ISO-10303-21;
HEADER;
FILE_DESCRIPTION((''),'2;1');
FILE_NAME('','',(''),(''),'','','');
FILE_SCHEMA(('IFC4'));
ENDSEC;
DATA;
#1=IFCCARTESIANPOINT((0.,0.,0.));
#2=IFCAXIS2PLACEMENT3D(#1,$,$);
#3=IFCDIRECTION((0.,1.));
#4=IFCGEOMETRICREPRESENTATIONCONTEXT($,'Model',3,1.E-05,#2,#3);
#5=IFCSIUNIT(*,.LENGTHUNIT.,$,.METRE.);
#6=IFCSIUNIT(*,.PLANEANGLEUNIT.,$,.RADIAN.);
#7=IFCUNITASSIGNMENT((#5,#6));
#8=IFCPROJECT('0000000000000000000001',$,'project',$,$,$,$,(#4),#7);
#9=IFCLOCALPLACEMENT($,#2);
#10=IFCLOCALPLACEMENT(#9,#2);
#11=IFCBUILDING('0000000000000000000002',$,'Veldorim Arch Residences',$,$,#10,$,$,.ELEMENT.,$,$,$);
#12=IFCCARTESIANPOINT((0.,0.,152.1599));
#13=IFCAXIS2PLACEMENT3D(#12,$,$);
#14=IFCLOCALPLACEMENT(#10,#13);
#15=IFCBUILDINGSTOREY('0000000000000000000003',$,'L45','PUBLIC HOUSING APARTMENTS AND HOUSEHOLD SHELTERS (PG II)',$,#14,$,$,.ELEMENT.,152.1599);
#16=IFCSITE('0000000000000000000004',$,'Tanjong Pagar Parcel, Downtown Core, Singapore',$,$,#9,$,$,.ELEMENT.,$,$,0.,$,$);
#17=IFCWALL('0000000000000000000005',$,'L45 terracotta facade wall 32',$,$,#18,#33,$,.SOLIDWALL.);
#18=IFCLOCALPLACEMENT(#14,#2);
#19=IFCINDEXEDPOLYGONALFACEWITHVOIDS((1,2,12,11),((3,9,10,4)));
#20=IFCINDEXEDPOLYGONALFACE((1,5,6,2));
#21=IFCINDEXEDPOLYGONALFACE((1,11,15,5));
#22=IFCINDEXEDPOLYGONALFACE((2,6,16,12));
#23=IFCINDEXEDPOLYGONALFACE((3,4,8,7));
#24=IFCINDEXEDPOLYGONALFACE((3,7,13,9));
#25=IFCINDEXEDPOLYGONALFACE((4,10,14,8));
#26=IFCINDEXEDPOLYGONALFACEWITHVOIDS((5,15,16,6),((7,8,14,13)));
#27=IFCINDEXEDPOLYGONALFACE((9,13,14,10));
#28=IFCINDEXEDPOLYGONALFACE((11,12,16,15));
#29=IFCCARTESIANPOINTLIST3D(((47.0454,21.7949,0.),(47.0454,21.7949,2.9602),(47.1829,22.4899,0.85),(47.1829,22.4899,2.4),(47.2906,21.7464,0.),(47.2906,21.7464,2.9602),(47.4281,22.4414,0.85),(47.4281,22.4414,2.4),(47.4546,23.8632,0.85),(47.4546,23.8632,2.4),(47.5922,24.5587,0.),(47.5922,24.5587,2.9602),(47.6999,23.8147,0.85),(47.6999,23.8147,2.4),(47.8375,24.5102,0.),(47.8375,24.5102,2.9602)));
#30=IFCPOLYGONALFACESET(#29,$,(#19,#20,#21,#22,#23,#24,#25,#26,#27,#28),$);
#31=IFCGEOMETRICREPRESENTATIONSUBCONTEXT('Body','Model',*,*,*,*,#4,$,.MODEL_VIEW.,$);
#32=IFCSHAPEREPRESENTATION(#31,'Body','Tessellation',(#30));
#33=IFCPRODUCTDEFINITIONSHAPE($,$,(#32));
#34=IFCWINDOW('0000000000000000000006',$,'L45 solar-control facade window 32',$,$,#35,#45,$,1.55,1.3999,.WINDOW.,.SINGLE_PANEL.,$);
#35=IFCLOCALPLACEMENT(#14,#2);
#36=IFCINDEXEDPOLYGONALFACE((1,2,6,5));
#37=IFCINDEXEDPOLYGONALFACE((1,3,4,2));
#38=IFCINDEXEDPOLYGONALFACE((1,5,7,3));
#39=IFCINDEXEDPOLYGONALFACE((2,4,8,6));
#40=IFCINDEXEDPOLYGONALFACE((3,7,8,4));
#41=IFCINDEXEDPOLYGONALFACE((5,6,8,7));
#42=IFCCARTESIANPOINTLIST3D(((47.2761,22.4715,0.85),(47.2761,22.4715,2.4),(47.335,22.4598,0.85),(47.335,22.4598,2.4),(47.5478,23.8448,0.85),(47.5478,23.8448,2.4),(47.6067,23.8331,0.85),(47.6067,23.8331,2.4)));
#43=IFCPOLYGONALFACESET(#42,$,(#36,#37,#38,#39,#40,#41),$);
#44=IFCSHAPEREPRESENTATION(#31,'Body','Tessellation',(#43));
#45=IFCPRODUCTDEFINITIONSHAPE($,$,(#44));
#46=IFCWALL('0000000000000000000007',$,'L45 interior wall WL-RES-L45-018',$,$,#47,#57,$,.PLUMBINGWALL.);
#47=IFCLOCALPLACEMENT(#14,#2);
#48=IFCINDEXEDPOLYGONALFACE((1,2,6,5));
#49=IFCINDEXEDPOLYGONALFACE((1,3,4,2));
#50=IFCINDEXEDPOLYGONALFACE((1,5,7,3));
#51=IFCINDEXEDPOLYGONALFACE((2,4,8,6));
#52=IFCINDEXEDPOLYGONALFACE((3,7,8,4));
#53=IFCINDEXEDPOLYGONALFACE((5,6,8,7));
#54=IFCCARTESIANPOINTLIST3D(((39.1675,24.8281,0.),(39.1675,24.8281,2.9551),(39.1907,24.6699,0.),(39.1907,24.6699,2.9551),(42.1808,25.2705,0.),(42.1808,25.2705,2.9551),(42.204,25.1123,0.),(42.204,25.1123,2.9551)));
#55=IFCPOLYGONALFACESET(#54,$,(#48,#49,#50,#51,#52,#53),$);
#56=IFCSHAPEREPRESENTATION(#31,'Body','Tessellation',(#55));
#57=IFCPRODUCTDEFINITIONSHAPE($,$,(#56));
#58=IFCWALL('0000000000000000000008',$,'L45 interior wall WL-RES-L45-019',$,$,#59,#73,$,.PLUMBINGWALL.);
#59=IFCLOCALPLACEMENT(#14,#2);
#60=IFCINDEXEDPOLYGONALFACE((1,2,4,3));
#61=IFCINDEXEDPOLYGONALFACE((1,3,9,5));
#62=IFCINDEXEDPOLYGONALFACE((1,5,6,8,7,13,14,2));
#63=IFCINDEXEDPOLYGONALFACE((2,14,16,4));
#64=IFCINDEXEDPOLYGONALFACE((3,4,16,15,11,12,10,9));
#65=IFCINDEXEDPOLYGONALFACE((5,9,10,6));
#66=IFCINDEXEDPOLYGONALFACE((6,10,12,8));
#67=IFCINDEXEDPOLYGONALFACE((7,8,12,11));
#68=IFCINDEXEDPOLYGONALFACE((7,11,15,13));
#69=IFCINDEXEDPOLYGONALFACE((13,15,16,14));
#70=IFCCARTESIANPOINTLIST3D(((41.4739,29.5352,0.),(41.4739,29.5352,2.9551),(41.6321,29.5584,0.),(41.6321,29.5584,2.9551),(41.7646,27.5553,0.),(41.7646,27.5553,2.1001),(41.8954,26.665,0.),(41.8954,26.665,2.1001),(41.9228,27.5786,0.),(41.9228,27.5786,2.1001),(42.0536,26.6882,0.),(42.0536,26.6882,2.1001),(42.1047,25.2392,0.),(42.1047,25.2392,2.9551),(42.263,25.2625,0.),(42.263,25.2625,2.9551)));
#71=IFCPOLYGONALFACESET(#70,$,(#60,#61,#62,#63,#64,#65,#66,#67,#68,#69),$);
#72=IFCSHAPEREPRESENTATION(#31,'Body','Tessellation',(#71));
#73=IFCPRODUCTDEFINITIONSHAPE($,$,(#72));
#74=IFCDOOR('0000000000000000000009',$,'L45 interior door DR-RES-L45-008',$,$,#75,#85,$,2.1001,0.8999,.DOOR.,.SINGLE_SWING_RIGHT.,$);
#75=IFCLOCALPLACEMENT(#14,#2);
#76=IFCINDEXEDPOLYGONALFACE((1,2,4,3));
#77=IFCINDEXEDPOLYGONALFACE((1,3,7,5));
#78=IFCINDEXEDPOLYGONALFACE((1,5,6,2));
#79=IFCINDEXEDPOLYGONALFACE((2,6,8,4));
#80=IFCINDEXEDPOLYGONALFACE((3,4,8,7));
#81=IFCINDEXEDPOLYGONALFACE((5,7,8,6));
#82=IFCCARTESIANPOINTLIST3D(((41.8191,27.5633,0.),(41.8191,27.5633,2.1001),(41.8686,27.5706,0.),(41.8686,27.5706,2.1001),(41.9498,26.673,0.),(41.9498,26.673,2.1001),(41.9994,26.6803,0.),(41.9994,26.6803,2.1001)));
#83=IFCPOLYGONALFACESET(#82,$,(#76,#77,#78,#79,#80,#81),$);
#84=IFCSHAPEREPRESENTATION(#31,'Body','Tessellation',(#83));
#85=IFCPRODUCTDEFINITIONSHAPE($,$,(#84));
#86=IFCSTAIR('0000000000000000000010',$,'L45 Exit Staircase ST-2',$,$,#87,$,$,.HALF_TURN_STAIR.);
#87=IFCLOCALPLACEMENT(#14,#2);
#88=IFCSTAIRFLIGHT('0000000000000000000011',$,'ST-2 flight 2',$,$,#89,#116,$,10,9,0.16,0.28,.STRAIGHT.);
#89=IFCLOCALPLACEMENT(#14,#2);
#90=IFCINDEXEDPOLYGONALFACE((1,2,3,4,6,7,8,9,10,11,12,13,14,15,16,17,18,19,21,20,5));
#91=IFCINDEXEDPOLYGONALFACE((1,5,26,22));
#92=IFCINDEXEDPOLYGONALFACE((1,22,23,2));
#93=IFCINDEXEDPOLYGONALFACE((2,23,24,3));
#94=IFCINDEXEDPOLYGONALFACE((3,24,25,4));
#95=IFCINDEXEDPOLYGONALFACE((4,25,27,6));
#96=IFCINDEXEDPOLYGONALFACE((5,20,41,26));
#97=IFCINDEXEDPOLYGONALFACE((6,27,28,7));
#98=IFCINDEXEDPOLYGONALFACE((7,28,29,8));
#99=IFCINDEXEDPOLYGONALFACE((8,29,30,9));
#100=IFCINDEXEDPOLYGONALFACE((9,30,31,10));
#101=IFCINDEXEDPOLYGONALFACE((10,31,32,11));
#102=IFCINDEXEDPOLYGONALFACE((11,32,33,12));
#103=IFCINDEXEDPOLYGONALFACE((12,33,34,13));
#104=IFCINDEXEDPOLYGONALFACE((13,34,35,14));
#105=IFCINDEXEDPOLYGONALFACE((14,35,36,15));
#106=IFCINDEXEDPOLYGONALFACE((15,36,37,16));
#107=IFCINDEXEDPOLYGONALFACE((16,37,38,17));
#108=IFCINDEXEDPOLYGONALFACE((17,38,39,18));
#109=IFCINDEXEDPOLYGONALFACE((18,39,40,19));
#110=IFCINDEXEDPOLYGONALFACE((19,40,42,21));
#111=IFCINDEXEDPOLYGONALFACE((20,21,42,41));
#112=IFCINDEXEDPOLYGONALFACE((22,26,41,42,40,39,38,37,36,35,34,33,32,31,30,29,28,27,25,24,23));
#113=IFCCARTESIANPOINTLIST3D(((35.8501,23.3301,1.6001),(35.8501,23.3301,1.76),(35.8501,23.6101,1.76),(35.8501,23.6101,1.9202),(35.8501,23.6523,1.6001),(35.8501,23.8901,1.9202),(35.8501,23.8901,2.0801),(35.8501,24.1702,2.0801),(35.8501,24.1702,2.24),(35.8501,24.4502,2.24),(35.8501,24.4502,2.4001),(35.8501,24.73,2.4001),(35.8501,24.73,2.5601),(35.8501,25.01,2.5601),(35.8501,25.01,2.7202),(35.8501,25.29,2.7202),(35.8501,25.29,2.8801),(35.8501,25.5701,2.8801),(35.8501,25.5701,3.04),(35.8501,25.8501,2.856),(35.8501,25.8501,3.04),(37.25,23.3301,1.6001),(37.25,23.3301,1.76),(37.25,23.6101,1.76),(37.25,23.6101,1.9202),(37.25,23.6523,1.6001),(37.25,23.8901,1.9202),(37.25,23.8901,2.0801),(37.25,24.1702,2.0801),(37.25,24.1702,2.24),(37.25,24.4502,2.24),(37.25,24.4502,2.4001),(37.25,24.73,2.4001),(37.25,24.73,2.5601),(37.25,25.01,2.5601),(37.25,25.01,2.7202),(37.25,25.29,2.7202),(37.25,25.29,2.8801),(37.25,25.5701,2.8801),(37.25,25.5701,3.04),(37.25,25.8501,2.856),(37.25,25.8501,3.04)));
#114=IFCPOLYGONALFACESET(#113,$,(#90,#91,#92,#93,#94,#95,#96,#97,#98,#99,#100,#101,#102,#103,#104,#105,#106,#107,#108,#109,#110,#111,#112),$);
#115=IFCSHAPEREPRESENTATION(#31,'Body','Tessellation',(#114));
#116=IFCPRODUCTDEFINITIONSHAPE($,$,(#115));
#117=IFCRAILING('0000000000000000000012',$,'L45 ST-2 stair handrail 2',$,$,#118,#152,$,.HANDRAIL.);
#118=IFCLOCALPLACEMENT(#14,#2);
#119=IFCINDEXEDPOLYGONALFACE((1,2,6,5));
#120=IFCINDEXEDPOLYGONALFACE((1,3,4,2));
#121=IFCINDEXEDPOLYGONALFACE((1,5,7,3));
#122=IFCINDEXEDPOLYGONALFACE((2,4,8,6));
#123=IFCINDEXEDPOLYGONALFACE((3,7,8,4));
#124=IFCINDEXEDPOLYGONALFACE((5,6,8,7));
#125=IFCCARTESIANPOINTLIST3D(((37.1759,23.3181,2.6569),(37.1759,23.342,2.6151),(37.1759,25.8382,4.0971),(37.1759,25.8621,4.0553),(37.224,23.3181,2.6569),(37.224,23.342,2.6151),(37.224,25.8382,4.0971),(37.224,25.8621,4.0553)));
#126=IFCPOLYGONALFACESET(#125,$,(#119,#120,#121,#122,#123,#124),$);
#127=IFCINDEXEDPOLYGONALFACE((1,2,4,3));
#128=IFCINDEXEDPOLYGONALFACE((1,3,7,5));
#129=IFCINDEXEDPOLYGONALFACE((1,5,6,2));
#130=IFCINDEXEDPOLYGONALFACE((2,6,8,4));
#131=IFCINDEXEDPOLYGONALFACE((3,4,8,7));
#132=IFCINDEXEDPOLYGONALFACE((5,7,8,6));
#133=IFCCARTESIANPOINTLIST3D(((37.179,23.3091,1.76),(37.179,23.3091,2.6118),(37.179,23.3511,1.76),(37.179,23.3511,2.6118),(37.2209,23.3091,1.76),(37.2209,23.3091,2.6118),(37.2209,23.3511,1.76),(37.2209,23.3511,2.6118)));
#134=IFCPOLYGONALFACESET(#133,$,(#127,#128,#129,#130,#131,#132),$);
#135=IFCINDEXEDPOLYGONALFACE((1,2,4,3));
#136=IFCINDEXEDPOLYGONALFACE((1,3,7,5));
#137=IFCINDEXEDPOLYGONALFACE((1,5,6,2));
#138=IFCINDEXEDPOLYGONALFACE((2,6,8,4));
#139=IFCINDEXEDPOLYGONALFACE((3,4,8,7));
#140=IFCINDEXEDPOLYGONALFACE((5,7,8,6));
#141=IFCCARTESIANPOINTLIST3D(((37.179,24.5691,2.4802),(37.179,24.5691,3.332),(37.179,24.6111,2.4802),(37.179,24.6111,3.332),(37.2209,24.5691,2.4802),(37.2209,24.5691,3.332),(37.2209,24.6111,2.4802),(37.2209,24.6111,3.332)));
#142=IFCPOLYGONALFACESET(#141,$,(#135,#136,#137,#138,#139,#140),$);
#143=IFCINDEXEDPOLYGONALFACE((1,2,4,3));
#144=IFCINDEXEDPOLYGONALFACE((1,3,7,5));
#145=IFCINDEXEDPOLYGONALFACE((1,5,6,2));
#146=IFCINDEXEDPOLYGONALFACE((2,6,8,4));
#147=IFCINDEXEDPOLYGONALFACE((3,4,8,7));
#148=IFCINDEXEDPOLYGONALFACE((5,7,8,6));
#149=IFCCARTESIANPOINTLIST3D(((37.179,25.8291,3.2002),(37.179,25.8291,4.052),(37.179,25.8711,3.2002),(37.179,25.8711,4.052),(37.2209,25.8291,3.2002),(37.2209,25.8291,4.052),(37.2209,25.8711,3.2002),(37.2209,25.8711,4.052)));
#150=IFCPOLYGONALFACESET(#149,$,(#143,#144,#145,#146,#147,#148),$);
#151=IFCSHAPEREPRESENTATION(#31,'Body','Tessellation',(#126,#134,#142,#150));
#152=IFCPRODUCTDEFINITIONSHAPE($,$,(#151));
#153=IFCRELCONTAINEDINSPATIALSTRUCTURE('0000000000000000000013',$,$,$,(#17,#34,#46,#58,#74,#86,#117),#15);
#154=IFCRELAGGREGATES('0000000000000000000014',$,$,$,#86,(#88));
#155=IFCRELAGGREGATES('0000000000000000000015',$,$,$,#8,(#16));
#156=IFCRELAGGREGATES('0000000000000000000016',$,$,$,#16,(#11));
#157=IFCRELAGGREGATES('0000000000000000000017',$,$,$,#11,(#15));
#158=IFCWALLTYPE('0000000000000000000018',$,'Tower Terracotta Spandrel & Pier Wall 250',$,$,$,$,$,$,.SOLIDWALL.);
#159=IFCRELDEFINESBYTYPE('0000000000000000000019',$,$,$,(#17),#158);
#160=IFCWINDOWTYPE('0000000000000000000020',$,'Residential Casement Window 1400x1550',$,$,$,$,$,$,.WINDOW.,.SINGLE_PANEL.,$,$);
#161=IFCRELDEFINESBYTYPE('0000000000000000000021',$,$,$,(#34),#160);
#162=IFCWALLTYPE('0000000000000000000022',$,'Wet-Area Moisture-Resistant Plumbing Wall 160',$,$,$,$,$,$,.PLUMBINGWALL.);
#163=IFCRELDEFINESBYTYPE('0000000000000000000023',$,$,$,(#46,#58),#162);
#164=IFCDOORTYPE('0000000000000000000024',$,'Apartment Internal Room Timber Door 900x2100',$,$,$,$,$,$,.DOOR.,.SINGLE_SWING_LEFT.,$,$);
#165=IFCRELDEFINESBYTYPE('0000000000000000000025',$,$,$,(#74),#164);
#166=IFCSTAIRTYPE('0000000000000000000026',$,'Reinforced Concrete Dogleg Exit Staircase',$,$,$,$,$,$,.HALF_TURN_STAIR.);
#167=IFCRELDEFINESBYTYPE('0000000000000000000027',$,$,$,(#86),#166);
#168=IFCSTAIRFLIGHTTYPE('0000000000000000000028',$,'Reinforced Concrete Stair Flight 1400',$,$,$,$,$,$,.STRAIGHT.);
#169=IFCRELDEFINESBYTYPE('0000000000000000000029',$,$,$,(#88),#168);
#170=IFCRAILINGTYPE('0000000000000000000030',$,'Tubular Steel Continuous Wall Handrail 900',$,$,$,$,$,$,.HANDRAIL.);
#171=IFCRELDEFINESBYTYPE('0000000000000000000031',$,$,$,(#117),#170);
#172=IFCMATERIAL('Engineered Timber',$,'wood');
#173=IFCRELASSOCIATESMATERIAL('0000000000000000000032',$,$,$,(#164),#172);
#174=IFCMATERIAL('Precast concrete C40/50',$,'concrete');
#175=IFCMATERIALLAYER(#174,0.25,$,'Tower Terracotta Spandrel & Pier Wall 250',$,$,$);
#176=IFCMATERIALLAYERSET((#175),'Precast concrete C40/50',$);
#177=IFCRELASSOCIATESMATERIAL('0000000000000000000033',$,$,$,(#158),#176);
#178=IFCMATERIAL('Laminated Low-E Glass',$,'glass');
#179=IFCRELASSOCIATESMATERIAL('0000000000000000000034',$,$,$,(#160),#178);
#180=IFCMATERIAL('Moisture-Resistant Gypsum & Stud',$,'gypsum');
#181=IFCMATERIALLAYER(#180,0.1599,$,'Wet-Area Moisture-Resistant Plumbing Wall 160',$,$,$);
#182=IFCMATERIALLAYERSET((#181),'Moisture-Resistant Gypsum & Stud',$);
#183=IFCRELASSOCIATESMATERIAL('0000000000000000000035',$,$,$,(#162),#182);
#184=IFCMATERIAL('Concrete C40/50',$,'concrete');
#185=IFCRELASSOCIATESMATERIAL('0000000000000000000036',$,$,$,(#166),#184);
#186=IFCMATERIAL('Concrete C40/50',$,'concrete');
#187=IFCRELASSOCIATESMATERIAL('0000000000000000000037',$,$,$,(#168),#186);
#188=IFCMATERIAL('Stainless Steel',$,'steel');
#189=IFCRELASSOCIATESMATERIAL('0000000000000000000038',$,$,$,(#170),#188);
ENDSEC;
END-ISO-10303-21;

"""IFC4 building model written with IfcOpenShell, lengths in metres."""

from ifc_helpers import new_model, si_unit, direction, frame, frame_2d, origin, origin_2d, place, context, subcontext, project, spatial, polyline, rectangle, outline, extrude, material, layer, layer_set, type_object, element, fill, aggregate, save


model = new_model("IFC4")

# Units and contexts
model_context = context("Model", 3, precision=1e-05, world=origin(), true_north=direction((0.0, 1.0)))
body_context = subcontext(model_context, "Body", "Model", "MODEL_VIEW")
ifc_project = project(units=[si_unit("LENGTHUNIT", "METRE"), si_unit("PLANEANGLEUNIT", "RADIAN")], contexts=[model_context])

# Site, building, storey
site_placement = place(None, origin())
site = spatial("IfcSite", under=ifc_project, at=site_placement, Name="Tanjong Pagar Parcel, Downtown Core, Singapore", CompositionType="ELEMENT", RefElevation=0.0)
building_placement = place(site_placement, origin())
building = spatial("IfcBuilding", under=site, at=building_placement, Name="Veldorim Arch Residences", CompositionType="ELEMENT")
storey_placement = place(building_placement, frame((0.0, 0.0, 152.1599)))
storey = spatial("IfcBuildingStorey", under=building, at=storey_placement, Name="L45", Description="PUBLIC HOUSING APARTMENTS AND HOUSEHOLD SHELTERS (PG II)", CompositionType="ELEMENT", Elevation=152.1599)

# Shared definitions
ifc_material_1 = material(Name="Engineered Timber", Category="wood")
door_type = type_object("IfcDoorType", Name="Apartment Internal Room Timber Door 900x2100", OperationType="SINGLE_SWING_LEFT", PredefinedType="DOOR", material=ifc_material_1)

# Wall, opening, window
ifc_material_2 = material(Name="Precast concrete C40/50", Category="concrete")
ifc_layer_1 = layer(ifc_material_2, 0.25, Name="Tower Terracotta Spandrel & Pier Wall 250")
ifc_layer_set_1 = layer_set([ifc_layer_1], Name="Precast concrete C40/50")
wall_type_1 = type_object("IfcWallType", Name="Tower Terracotta Spandrel & Pier Wall 250", PredefinedType="SOLIDWALL", material=ifc_layer_set_1)
wall_1_placement = place(storey_placement, frame((47.7148, 24.5344, 0.0), z_axis=(0.0, 0.0, 1.0), x_axis=(-0.194099, -0.980982, 0.0)))
wall_1 = element("IfcWall", 1, at=wall_1_placement, inside=storey, type_object=wall_type_1, Name="L45 terracotta facade wall 32", PredefinedType="SOLIDWALL", context=body_context, shape_type="SweptSolid", body=[
    extrude(rectangle(XDim=2.8174, YDim=0.25, at=frame_2d((1.4087, 0.0))), origin(), (0.0, 0.0, 1.0), 2.9602),
])
opening_1_placement = place(wall_1_placement, frame((0.709, 0.0, 0.8501)))
opening_1 = element("IfcOpeningElement", 2, at=opening_1_placement, cuts=wall_1, PredefinedType="OPENING", context=body_context, shape_type="SweptSolid", body=[
    extrude(rectangle(XDim=1.3999, YDim=1.55, at=frame_2d((0.7, 0.7749))), frame((0.0, 0.135, 0.0), z_axis=(0.0, -1.0, 0.0), x_axis=(1.0, 0.0, 0.0)), (0.0, 0.0, 1.0), 0.27),
])
ifc_material_3 = material(Name="Laminated Low-E Glass", Category="glass")
window_type_1 = type_object("IfcWindowType", Name="Residential Casement Window 1400x1550", PartitioningType="SINGLE_PANEL", PredefinedType="WINDOW", material=ifc_material_3)
window_1_placement = place(opening_1_placement, origin())
window_1 = element("IfcWindow", 3, at=window_1_placement, inside=storey, type_object=window_type_1, Name="L45 solar-control facade window 32", OverallHeight=1.55, OverallWidth=1.3999, PartitioningType="SINGLE_PANEL", PredefinedType="WINDOW", context=body_context, shape_type="SweptSolid", body=[
    extrude(rectangle(XDim=1.3999, YDim=1.55, at=frame_2d((0.7, 0.7749))), frame((0.0, 0.03, 0.0), z_axis=(0.0, -1.0, 0.0), x_axis=(1.0, 0.0, 0.0)), (0.0, 0.0, 1.0), 0.0601),
])
fill(opening_1, window_1)

# Wall
ifc_material_4 = material(Name="Moisture-Resistant Gypsum & Stud", Category="gypsum")
ifc_layer_2 = layer(ifc_material_4, 0.1599, Name="Wet-Area Moisture-Resistant Plumbing Wall 160")
ifc_layer_set_2 = layer_set([ifc_layer_2], Name="Moisture-Resistant Gypsum & Stud")
wall_type_2 = type_object("IfcWallType", Name="Wet-Area Moisture-Resistant Plumbing Wall 160", PredefinedType="PLUMBINGWALL", material=ifc_layer_set_2)
wall_2_placement = place(storey_placement, frame((39.179, 24.749, 0.0), z_axis=(0.0, 0.0, 1.0), x_axis=(0.989395, 0.145247, 0.0)))
element("IfcWall", 4, at=wall_2_placement, inside=storey, type_object=wall_type_2, Name="L45 interior wall WL-RES-L45-018", PredefinedType="PLUMBINGWALL", context=body_context, shape_type="SweptSolid", body=[
    extrude(rectangle(XDim=3.0457, YDim=0.1599, at=frame_2d((1.5229, 0.0))), origin(), (0.0, 0.0, 1.0), 2.9551),
])

# Wall, opening, door
wall_3_placement = place(storey_placement, frame((42.1838, 25.251, 0.0), z_axis=(0.0, 0.0, 1.0), x_axis=(-0.145293, 0.989389, 0.0)))
wall_3 = element("IfcWall", 5, at=wall_3_placement, inside=storey, type_object=wall_type_2, Name="L45 interior wall WL-RES-L45-019", PredefinedType="PLUMBINGWALL", context=body_context, shape_type="SweptSolid", body=[
    extrude(rectangle(XDim=4.342, YDim=0.1599, at=frame_2d((2.1709, 0.0))), origin(), (0.0, 0.0, 1.0), 2.9551),
])
opening_2_placement = place(wall_3_placement, frame((1.4409, 0.0, 0.0)))
opening_2 = element("IfcOpeningElement", 6, at=opening_2_placement, cuts=wall_3, PredefinedType="OPENING", context=body_context, shape_type="SweptSolid", body=[
    extrude(rectangle(XDim=0.8999, YDim=2.1001, at=frame_2d((0.45, 1.05))), frame((0.0, 0.0898, 0.0), z_axis=(0.0, -1.0, 0.0), x_axis=(1.0, 0.0, 0.0)), (0.0, 0.0, 1.0), 0.1799),
])
door_1_placement = place(opening_2_placement, origin())
door_1 = element("IfcDoor", 7, at=door_1_placement, inside=storey, type_object=door_type, Name="L45 interior door DR-RES-L45-008", OperationType="SINGLE_SWING_RIGHT", OverallHeight=2.1001, OverallWidth=0.8999, PredefinedType="DOOR", context=body_context, shape_type="SweptSolid", body=[
    extrude(rectangle(XDim=0.8999, YDim=2.1001, at=frame_2d((0.45, 1.05))), frame((0.0, 0.0249, 0.0), z_axis=(0.0, -1.0, 0.0), x_axis=(1.0, 0.0, 0.0)), (0.0, 0.0, 1.0), 0.05),
])
fill(opening_2, door_1)

# Stair, stair flight
ifc_material_5 = material(Name="Concrete C40/50", Category="concrete")
stair_type = type_object("IfcStairType", Name="Reinforced Concrete Dogleg Exit Staircase", PredefinedType="HALF_TURN_STAIR", material=ifc_material_5)
stair_placement = place(storey_placement, origin())
stair = element("IfcStair", 8, at=stair_placement, inside=storey, type_object=stair_type, Name="L45 Exit Staircase ST-2", PredefinedType="HALF_TURN_STAIR")
ifc_material_6 = material(Name="Concrete C40/50", Category="concrete")
stair_flight_type = type_object("IfcStairFlightType", Name="Reinforced Concrete Stair Flight 1400", PredefinedType="STRAIGHT", material=ifc_material_6)
stair_flight_placement = place(storey_placement, frame((36.55, 23.3301, 1.6001), z_axis=(0.0, 0.0, 1.0), x_axis=(0.0, 1.0, 0.0)))
stair_flight = element("IfcStairFlight", 9, at=stair_flight_placement, type_object=stair_flight_type, Name="ST-2 flight 2", NumberOfRisers=10, NumberOfTreads=9, PredefinedType="STRAIGHT", RiserHeight=0.16, TreadLength=0.28, context=body_context, shape_type="SweptSolid", body=[
    extrude(outline(polyline([(0.0, 0.0), (0.0, 0.1599), (0.28, 0.1599), (0.28, 0.3201), (0.5601, 0.3201), (0.5601, 0.48), (0.8401, 0.48), (0.8401, 0.6399), (1.1201, 0.6399), (1.1201, 0.8), (1.3999, 0.8), (1.3999, 0.96), (1.6799, 0.96), (1.6799, 1.1201), (1.96, 1.1201), (1.96, 1.28), (2.24, 1.28), (2.24, 1.4399), (2.52, 1.4399), (2.52, 1.6001), (2.52, 1.2559), (0.3223, 0.0), (0.0, 0.0)])), frame((0.0, 0.7, 0.0), z_axis=(0.0, -1.0, 0.0), x_axis=(1.0, 0.0, 0.0)), (0.0, 0.0, 1.0), 1.3999),
])
aggregate(stair, [stair_flight])

# Railing
ifc_material_7 = material(Name="Stainless Steel", Category="steel")
railing_type = type_object("IfcRailingType", Name="Tubular Steel Continuous Wall Handrail 900", PredefinedType="HANDRAIL", material=ifc_material_7)
railing_placement = place(storey_placement, frame((37.2, 23.3301, 1.76)))
element("IfcRailing", 10, at=railing_placement, inside=storey, type_object=railing_type, Name="L45 ST-2 stair handrail 2", PredefinedType="HANDRAIL", context=body_context, shape_type="SweptSolid", body=[
    extrude(rectangle(XDim=0.0481, YDim=0.0481, at=origin_2d()), frame((0.0, 0.0, 0.876), z_axis=(0.0, 0.868217, 0.496184), x_axis=(-1.0, 0.0, 0.0)), (0.0, 0.0, 1.0), 2.9026),
    extrude(rectangle(XDim=0.042, YDim=0.042, at=origin_2d()), origin(), (0.0, 0.0, 1.0), 0.8518),
    extrude(rectangle(XDim=0.042, YDim=0.042, at=origin_2d()), frame((0.0, 1.26, 0.7202)), (0.0, 0.0, 1.0), 0.8518),
    extrude(rectangle(XDim=0.042, YDim=0.042, at=origin_2d()), frame((0.0, 2.52, 1.4402)), (0.0, 0.0, 1.0), 0.8518),
])

save(model, "model.ifc")
